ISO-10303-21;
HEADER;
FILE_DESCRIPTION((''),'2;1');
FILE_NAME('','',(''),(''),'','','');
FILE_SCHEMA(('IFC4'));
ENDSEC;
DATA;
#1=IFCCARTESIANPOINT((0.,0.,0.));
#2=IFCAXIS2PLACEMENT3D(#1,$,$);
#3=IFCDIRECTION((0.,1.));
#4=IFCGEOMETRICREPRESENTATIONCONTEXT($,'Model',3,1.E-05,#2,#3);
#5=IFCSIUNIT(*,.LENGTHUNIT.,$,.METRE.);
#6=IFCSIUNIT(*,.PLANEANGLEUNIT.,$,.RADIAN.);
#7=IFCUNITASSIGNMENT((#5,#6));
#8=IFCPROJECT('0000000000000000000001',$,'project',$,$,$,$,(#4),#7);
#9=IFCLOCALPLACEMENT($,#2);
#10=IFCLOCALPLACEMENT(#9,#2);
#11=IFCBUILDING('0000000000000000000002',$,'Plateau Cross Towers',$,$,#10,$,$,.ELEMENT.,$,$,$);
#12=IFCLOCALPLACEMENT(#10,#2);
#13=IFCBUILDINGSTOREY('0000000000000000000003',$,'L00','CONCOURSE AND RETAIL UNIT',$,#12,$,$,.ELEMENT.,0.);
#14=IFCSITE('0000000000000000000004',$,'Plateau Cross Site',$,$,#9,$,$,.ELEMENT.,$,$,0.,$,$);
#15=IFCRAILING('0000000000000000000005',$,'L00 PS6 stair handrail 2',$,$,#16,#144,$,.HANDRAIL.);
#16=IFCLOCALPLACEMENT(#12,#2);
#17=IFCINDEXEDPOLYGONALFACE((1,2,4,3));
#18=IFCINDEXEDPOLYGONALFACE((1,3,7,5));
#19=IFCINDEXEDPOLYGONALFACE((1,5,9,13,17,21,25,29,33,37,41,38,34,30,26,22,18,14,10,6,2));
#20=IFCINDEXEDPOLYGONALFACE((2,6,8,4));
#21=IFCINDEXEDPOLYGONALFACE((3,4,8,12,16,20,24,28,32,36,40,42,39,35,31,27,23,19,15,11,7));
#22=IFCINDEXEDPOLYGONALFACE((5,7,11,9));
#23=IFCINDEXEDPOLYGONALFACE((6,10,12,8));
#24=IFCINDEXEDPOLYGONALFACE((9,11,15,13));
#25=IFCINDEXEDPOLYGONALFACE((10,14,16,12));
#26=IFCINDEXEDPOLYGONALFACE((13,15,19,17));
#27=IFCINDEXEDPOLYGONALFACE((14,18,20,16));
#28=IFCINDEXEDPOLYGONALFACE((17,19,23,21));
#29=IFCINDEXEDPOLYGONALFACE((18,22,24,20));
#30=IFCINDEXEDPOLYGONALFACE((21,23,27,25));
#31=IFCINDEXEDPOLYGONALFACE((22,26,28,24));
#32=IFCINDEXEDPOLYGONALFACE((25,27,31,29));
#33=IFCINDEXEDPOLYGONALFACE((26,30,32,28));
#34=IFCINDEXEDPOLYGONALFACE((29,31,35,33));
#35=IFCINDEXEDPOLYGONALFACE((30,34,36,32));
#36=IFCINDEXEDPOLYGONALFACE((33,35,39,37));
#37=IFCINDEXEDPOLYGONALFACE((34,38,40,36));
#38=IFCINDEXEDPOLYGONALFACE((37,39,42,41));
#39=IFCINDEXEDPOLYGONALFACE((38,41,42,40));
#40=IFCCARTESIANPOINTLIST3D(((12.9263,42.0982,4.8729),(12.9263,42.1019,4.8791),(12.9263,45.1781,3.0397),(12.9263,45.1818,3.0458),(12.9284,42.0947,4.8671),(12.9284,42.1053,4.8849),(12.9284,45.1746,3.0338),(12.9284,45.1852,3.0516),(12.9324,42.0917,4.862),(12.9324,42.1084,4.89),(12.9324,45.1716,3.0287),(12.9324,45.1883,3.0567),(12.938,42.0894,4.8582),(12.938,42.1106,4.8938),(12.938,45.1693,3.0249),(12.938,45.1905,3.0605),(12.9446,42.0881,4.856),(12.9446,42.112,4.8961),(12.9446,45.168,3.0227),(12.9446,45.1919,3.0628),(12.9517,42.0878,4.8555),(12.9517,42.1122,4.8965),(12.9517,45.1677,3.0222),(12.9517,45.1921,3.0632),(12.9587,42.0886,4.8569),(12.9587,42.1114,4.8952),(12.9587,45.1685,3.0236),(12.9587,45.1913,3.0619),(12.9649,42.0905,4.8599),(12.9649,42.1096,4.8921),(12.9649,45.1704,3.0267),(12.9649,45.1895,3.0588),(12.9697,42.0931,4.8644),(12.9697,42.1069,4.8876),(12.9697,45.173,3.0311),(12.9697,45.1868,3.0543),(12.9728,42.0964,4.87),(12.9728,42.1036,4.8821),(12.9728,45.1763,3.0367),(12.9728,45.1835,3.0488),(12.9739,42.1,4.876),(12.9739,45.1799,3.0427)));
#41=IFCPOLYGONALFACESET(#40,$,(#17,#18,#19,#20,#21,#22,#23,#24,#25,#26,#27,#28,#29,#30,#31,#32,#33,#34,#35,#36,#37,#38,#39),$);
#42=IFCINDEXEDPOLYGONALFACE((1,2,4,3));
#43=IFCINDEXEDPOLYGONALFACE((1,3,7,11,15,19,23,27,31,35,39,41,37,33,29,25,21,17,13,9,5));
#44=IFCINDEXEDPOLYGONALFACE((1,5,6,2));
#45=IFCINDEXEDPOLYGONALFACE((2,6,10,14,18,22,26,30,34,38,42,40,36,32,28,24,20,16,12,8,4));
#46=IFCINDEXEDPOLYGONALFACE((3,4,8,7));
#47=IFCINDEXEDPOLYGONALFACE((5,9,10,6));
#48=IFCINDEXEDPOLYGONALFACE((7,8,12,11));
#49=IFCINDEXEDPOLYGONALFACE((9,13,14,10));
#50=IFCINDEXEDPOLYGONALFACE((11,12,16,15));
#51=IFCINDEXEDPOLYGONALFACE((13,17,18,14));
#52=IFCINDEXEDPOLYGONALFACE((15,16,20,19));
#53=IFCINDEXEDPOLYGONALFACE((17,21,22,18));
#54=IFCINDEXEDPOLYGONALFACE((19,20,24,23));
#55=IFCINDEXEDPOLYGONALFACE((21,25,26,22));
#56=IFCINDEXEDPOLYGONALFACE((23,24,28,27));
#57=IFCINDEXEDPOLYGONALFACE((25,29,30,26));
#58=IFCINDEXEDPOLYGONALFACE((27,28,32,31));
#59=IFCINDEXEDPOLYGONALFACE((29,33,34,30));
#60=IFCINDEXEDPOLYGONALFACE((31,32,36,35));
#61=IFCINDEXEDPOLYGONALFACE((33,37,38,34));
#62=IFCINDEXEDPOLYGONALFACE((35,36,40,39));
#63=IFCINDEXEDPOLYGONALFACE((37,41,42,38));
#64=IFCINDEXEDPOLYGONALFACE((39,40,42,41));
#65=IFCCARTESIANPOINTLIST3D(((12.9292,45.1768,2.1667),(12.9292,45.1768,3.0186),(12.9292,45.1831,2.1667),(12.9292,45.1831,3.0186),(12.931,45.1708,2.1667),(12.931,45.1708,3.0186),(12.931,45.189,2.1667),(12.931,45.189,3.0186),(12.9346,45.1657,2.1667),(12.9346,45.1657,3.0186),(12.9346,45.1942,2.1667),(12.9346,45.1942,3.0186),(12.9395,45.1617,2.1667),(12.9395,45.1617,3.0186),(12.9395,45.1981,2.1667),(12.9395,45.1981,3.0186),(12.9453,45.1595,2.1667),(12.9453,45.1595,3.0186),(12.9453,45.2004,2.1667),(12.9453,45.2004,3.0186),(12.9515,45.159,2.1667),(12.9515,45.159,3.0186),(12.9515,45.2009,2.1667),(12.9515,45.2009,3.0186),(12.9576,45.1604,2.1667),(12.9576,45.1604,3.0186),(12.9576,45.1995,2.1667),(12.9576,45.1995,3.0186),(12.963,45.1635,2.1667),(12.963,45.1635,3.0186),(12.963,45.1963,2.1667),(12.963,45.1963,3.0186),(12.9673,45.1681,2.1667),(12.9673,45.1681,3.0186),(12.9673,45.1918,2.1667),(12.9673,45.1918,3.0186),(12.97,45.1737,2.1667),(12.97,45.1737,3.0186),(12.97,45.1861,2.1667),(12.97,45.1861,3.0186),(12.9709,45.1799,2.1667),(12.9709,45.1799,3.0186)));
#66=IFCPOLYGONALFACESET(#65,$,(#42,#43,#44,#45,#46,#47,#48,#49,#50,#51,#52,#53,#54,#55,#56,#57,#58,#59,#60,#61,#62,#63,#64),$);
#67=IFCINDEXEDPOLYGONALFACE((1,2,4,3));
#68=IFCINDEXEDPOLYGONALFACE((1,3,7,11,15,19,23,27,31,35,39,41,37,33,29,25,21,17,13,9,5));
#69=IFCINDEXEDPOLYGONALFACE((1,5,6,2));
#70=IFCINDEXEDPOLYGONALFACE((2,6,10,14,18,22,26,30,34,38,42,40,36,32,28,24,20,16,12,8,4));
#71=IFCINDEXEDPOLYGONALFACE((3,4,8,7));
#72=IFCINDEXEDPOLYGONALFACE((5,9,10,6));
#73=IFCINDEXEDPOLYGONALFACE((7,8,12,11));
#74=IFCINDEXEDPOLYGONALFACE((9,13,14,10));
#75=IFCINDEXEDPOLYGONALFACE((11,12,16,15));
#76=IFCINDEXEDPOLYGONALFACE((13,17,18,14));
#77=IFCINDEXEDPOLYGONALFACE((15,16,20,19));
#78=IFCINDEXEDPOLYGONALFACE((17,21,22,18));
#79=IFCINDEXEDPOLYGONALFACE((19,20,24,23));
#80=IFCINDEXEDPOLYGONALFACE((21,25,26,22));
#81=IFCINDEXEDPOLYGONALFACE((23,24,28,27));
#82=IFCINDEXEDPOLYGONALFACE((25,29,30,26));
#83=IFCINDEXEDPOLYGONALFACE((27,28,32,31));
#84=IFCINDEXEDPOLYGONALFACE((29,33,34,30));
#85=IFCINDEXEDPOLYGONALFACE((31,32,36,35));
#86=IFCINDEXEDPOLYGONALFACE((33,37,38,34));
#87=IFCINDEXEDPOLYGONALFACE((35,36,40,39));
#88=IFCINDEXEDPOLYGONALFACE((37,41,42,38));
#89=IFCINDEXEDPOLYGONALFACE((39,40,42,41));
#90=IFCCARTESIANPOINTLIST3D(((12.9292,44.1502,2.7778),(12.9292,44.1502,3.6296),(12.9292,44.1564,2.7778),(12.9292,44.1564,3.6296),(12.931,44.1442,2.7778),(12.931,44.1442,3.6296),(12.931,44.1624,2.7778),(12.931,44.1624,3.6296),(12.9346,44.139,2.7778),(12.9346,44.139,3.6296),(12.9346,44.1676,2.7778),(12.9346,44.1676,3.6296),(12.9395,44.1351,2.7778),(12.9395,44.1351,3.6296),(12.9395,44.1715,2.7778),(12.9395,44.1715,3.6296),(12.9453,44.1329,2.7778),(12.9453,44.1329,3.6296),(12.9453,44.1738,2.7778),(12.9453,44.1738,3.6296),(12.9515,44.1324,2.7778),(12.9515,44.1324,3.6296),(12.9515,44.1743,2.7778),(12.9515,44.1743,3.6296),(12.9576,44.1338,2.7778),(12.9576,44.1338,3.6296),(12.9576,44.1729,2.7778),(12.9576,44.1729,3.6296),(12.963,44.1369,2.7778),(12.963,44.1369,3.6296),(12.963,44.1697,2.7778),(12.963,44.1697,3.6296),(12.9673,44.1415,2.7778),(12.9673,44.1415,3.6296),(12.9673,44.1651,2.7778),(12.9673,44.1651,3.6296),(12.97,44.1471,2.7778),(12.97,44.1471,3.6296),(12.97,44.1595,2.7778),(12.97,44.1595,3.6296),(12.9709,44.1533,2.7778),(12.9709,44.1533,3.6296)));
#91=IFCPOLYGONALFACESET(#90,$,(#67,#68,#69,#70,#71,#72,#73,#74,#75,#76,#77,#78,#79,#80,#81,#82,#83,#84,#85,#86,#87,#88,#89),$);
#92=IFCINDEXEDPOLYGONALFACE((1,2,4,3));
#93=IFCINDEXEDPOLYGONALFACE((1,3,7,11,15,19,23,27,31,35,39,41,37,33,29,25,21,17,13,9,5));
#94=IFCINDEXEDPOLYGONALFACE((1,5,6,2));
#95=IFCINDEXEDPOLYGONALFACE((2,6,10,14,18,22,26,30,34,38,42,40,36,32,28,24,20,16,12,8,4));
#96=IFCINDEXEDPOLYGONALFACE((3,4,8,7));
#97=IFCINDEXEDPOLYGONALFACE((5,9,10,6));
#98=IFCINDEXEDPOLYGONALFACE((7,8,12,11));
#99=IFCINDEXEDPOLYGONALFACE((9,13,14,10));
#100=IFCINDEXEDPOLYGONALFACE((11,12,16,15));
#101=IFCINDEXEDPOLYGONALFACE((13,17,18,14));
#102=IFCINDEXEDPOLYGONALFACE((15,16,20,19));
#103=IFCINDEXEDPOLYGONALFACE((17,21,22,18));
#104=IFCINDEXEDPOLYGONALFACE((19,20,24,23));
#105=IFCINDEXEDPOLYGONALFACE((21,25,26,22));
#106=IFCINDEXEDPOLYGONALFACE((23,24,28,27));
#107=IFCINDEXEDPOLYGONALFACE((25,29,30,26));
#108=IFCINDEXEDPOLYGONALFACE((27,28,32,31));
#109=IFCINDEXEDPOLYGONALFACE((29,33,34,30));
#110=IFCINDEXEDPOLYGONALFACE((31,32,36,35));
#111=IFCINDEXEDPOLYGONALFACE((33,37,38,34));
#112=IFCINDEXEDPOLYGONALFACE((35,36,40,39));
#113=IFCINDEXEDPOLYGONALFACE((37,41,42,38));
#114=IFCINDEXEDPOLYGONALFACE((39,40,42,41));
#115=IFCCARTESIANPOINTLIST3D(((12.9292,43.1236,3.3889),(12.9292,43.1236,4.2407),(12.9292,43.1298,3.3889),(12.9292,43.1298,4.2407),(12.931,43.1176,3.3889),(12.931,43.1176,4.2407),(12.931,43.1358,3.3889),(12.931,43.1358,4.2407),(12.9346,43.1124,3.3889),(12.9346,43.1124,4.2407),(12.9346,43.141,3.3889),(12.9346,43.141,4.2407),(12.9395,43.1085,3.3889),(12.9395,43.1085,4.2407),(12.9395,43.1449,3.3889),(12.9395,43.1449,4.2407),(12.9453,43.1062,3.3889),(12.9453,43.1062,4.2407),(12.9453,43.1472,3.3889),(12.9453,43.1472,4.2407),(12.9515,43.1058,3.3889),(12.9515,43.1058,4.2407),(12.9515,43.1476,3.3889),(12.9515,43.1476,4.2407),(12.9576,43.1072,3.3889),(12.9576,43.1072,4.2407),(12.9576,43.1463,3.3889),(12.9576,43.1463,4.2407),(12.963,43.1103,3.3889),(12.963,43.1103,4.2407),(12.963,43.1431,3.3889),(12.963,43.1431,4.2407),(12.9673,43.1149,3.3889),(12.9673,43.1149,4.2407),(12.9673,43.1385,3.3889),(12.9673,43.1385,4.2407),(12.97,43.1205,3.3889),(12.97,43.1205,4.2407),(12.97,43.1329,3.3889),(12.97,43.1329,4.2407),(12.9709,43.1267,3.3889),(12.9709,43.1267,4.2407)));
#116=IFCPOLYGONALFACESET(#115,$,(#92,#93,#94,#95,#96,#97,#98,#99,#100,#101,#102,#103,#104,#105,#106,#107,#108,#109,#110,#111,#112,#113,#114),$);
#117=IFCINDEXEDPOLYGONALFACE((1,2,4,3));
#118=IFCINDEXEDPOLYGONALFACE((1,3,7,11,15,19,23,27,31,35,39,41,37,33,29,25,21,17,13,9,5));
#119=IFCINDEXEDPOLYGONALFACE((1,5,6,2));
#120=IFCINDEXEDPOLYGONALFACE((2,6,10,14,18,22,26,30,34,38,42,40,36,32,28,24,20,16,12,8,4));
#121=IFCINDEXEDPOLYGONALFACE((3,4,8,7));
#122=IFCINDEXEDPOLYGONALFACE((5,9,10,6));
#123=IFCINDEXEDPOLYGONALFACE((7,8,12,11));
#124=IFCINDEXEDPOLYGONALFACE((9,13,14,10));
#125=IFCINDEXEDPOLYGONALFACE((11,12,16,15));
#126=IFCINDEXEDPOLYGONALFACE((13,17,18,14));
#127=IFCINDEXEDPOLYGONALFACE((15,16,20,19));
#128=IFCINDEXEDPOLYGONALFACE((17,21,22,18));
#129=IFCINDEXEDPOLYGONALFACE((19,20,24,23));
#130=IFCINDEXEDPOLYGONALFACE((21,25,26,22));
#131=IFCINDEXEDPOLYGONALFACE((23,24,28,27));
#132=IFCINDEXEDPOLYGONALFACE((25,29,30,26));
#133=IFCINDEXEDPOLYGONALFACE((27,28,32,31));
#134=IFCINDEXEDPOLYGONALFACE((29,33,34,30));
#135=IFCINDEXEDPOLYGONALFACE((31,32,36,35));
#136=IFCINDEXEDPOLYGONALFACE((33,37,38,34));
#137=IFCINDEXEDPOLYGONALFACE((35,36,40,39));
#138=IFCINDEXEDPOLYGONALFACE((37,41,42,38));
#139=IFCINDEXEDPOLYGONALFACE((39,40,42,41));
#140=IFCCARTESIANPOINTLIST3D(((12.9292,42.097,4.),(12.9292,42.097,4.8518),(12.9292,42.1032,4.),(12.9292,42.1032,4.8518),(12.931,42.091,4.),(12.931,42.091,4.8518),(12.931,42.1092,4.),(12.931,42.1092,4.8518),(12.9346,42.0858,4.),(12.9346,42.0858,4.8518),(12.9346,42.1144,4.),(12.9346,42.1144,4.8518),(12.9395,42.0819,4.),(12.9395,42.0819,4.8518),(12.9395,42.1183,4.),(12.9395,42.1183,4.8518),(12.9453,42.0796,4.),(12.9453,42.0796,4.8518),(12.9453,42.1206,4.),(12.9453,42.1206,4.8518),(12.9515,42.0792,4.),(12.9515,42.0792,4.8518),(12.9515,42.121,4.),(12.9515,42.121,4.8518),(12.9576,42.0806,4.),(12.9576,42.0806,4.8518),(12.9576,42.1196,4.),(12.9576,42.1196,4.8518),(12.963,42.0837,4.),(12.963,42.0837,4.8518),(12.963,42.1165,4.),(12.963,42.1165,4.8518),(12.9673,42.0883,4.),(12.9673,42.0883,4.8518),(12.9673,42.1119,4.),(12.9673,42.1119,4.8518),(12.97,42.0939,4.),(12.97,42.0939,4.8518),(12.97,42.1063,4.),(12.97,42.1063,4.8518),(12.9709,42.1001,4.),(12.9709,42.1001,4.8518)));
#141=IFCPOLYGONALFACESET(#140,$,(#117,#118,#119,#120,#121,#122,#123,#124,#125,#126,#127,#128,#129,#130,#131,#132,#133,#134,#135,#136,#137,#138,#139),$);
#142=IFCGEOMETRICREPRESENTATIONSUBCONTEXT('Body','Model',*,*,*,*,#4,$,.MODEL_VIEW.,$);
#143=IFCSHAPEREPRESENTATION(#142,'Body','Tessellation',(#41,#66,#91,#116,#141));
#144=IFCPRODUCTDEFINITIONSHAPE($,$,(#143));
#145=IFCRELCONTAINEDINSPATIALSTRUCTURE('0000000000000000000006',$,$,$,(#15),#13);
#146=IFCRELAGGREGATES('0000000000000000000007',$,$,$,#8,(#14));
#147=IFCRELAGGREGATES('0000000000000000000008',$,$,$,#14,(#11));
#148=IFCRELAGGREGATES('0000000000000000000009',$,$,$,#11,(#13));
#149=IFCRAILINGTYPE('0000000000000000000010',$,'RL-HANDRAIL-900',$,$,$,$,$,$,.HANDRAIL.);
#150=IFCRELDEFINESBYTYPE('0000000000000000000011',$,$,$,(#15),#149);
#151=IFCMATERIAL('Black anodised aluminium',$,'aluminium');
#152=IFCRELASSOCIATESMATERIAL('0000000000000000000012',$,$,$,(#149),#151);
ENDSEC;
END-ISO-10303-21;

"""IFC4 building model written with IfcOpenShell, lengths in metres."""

from ifc_helpers import new_model, si_unit, direction, frame, origin, origin_2d, place, context, subcontext, project, spatial, circle, extrude, material, type_object, element, save


model = new_model("IFC4")

# Units and contexts
model_context = context("Model", 3, precision=1e-05, world=origin(), true_north=direction((0.0, 1.0)))
body_context = subcontext(model_context, "Body", "Model", "MODEL_VIEW")
ifc_project = project(units=[si_unit("LENGTHUNIT", "METRE"), si_unit("PLANEANGLEUNIT", "RADIAN")], contexts=[model_context])

# Site, building, storey
site_placement = place(None, origin())
site = spatial("IfcSite", under=ifc_project, at=site_placement, Name="Plateau Cross Site", CompositionType="ELEMENT", RefElevation=0.0)
building_placement = place(site_placement, origin())
building = spatial("IfcBuilding", under=site, at=building_placement, Name="Plateau Cross Towers", CompositionType="ELEMENT")
storey_placement = place(building_placement, origin())
storey = spatial("IfcBuildingStorey", under=building, at=storey_placement, Name="L00", Description="CONCOURSE AND RETAIL UNIT", CompositionType="ELEMENT", Elevation=0.0)

# Railing
ifc_material_1 = material(Name="Black anodised aluminium", Category="aluminium")
railing_type_1 = type_object("IfcRailingType", Name="RL-HANDRAIL-900", PredefinedType="HANDRAIL", material=ifc_material_1)
railing_1_placement = place(storey_placement, frame((12.95, 45.1799, 2.1667)))
element("IfcRailing", 1, at=railing_1_placement, inside=storey, type_object=railing_type_1, Name="L00 PS6 stair handrail 2", PredefinedType="HANDRAIL", context=body_context, shape_type="SweptSolid", body=[
    extrude(circle(Radius=0.0239, at=origin_2d()), frame((0.0, 0.0, 0.876), z_axis=(0.0, -0.859291, 0.511487), x_axis=(1.0, 0.0, 0.0)), (0.0, 0.0, 1.0), 3.5842),
    extrude(circle(Radius=0.021, at=origin_2d()), origin(), (0.0, 0.0, 1.0), 0.8518),
    extrude(circle(Radius=0.021, at=origin_2d()), frame((0.0, -1.0266, 0.6111)), (0.0, 0.0, 1.0), 0.8518),
    extrude(circle(Radius=0.021, at=origin_2d()), frame((0.0, -2.0532, 1.2222)), (0.0, 0.0, 1.0), 0.8518),
    extrude(circle(Radius=0.021, at=origin_2d()), frame((0.0, -3.0798, 1.8333)), (0.0, 0.0, 1.0), 0.8518),
])

save(model, "model.ifc")
